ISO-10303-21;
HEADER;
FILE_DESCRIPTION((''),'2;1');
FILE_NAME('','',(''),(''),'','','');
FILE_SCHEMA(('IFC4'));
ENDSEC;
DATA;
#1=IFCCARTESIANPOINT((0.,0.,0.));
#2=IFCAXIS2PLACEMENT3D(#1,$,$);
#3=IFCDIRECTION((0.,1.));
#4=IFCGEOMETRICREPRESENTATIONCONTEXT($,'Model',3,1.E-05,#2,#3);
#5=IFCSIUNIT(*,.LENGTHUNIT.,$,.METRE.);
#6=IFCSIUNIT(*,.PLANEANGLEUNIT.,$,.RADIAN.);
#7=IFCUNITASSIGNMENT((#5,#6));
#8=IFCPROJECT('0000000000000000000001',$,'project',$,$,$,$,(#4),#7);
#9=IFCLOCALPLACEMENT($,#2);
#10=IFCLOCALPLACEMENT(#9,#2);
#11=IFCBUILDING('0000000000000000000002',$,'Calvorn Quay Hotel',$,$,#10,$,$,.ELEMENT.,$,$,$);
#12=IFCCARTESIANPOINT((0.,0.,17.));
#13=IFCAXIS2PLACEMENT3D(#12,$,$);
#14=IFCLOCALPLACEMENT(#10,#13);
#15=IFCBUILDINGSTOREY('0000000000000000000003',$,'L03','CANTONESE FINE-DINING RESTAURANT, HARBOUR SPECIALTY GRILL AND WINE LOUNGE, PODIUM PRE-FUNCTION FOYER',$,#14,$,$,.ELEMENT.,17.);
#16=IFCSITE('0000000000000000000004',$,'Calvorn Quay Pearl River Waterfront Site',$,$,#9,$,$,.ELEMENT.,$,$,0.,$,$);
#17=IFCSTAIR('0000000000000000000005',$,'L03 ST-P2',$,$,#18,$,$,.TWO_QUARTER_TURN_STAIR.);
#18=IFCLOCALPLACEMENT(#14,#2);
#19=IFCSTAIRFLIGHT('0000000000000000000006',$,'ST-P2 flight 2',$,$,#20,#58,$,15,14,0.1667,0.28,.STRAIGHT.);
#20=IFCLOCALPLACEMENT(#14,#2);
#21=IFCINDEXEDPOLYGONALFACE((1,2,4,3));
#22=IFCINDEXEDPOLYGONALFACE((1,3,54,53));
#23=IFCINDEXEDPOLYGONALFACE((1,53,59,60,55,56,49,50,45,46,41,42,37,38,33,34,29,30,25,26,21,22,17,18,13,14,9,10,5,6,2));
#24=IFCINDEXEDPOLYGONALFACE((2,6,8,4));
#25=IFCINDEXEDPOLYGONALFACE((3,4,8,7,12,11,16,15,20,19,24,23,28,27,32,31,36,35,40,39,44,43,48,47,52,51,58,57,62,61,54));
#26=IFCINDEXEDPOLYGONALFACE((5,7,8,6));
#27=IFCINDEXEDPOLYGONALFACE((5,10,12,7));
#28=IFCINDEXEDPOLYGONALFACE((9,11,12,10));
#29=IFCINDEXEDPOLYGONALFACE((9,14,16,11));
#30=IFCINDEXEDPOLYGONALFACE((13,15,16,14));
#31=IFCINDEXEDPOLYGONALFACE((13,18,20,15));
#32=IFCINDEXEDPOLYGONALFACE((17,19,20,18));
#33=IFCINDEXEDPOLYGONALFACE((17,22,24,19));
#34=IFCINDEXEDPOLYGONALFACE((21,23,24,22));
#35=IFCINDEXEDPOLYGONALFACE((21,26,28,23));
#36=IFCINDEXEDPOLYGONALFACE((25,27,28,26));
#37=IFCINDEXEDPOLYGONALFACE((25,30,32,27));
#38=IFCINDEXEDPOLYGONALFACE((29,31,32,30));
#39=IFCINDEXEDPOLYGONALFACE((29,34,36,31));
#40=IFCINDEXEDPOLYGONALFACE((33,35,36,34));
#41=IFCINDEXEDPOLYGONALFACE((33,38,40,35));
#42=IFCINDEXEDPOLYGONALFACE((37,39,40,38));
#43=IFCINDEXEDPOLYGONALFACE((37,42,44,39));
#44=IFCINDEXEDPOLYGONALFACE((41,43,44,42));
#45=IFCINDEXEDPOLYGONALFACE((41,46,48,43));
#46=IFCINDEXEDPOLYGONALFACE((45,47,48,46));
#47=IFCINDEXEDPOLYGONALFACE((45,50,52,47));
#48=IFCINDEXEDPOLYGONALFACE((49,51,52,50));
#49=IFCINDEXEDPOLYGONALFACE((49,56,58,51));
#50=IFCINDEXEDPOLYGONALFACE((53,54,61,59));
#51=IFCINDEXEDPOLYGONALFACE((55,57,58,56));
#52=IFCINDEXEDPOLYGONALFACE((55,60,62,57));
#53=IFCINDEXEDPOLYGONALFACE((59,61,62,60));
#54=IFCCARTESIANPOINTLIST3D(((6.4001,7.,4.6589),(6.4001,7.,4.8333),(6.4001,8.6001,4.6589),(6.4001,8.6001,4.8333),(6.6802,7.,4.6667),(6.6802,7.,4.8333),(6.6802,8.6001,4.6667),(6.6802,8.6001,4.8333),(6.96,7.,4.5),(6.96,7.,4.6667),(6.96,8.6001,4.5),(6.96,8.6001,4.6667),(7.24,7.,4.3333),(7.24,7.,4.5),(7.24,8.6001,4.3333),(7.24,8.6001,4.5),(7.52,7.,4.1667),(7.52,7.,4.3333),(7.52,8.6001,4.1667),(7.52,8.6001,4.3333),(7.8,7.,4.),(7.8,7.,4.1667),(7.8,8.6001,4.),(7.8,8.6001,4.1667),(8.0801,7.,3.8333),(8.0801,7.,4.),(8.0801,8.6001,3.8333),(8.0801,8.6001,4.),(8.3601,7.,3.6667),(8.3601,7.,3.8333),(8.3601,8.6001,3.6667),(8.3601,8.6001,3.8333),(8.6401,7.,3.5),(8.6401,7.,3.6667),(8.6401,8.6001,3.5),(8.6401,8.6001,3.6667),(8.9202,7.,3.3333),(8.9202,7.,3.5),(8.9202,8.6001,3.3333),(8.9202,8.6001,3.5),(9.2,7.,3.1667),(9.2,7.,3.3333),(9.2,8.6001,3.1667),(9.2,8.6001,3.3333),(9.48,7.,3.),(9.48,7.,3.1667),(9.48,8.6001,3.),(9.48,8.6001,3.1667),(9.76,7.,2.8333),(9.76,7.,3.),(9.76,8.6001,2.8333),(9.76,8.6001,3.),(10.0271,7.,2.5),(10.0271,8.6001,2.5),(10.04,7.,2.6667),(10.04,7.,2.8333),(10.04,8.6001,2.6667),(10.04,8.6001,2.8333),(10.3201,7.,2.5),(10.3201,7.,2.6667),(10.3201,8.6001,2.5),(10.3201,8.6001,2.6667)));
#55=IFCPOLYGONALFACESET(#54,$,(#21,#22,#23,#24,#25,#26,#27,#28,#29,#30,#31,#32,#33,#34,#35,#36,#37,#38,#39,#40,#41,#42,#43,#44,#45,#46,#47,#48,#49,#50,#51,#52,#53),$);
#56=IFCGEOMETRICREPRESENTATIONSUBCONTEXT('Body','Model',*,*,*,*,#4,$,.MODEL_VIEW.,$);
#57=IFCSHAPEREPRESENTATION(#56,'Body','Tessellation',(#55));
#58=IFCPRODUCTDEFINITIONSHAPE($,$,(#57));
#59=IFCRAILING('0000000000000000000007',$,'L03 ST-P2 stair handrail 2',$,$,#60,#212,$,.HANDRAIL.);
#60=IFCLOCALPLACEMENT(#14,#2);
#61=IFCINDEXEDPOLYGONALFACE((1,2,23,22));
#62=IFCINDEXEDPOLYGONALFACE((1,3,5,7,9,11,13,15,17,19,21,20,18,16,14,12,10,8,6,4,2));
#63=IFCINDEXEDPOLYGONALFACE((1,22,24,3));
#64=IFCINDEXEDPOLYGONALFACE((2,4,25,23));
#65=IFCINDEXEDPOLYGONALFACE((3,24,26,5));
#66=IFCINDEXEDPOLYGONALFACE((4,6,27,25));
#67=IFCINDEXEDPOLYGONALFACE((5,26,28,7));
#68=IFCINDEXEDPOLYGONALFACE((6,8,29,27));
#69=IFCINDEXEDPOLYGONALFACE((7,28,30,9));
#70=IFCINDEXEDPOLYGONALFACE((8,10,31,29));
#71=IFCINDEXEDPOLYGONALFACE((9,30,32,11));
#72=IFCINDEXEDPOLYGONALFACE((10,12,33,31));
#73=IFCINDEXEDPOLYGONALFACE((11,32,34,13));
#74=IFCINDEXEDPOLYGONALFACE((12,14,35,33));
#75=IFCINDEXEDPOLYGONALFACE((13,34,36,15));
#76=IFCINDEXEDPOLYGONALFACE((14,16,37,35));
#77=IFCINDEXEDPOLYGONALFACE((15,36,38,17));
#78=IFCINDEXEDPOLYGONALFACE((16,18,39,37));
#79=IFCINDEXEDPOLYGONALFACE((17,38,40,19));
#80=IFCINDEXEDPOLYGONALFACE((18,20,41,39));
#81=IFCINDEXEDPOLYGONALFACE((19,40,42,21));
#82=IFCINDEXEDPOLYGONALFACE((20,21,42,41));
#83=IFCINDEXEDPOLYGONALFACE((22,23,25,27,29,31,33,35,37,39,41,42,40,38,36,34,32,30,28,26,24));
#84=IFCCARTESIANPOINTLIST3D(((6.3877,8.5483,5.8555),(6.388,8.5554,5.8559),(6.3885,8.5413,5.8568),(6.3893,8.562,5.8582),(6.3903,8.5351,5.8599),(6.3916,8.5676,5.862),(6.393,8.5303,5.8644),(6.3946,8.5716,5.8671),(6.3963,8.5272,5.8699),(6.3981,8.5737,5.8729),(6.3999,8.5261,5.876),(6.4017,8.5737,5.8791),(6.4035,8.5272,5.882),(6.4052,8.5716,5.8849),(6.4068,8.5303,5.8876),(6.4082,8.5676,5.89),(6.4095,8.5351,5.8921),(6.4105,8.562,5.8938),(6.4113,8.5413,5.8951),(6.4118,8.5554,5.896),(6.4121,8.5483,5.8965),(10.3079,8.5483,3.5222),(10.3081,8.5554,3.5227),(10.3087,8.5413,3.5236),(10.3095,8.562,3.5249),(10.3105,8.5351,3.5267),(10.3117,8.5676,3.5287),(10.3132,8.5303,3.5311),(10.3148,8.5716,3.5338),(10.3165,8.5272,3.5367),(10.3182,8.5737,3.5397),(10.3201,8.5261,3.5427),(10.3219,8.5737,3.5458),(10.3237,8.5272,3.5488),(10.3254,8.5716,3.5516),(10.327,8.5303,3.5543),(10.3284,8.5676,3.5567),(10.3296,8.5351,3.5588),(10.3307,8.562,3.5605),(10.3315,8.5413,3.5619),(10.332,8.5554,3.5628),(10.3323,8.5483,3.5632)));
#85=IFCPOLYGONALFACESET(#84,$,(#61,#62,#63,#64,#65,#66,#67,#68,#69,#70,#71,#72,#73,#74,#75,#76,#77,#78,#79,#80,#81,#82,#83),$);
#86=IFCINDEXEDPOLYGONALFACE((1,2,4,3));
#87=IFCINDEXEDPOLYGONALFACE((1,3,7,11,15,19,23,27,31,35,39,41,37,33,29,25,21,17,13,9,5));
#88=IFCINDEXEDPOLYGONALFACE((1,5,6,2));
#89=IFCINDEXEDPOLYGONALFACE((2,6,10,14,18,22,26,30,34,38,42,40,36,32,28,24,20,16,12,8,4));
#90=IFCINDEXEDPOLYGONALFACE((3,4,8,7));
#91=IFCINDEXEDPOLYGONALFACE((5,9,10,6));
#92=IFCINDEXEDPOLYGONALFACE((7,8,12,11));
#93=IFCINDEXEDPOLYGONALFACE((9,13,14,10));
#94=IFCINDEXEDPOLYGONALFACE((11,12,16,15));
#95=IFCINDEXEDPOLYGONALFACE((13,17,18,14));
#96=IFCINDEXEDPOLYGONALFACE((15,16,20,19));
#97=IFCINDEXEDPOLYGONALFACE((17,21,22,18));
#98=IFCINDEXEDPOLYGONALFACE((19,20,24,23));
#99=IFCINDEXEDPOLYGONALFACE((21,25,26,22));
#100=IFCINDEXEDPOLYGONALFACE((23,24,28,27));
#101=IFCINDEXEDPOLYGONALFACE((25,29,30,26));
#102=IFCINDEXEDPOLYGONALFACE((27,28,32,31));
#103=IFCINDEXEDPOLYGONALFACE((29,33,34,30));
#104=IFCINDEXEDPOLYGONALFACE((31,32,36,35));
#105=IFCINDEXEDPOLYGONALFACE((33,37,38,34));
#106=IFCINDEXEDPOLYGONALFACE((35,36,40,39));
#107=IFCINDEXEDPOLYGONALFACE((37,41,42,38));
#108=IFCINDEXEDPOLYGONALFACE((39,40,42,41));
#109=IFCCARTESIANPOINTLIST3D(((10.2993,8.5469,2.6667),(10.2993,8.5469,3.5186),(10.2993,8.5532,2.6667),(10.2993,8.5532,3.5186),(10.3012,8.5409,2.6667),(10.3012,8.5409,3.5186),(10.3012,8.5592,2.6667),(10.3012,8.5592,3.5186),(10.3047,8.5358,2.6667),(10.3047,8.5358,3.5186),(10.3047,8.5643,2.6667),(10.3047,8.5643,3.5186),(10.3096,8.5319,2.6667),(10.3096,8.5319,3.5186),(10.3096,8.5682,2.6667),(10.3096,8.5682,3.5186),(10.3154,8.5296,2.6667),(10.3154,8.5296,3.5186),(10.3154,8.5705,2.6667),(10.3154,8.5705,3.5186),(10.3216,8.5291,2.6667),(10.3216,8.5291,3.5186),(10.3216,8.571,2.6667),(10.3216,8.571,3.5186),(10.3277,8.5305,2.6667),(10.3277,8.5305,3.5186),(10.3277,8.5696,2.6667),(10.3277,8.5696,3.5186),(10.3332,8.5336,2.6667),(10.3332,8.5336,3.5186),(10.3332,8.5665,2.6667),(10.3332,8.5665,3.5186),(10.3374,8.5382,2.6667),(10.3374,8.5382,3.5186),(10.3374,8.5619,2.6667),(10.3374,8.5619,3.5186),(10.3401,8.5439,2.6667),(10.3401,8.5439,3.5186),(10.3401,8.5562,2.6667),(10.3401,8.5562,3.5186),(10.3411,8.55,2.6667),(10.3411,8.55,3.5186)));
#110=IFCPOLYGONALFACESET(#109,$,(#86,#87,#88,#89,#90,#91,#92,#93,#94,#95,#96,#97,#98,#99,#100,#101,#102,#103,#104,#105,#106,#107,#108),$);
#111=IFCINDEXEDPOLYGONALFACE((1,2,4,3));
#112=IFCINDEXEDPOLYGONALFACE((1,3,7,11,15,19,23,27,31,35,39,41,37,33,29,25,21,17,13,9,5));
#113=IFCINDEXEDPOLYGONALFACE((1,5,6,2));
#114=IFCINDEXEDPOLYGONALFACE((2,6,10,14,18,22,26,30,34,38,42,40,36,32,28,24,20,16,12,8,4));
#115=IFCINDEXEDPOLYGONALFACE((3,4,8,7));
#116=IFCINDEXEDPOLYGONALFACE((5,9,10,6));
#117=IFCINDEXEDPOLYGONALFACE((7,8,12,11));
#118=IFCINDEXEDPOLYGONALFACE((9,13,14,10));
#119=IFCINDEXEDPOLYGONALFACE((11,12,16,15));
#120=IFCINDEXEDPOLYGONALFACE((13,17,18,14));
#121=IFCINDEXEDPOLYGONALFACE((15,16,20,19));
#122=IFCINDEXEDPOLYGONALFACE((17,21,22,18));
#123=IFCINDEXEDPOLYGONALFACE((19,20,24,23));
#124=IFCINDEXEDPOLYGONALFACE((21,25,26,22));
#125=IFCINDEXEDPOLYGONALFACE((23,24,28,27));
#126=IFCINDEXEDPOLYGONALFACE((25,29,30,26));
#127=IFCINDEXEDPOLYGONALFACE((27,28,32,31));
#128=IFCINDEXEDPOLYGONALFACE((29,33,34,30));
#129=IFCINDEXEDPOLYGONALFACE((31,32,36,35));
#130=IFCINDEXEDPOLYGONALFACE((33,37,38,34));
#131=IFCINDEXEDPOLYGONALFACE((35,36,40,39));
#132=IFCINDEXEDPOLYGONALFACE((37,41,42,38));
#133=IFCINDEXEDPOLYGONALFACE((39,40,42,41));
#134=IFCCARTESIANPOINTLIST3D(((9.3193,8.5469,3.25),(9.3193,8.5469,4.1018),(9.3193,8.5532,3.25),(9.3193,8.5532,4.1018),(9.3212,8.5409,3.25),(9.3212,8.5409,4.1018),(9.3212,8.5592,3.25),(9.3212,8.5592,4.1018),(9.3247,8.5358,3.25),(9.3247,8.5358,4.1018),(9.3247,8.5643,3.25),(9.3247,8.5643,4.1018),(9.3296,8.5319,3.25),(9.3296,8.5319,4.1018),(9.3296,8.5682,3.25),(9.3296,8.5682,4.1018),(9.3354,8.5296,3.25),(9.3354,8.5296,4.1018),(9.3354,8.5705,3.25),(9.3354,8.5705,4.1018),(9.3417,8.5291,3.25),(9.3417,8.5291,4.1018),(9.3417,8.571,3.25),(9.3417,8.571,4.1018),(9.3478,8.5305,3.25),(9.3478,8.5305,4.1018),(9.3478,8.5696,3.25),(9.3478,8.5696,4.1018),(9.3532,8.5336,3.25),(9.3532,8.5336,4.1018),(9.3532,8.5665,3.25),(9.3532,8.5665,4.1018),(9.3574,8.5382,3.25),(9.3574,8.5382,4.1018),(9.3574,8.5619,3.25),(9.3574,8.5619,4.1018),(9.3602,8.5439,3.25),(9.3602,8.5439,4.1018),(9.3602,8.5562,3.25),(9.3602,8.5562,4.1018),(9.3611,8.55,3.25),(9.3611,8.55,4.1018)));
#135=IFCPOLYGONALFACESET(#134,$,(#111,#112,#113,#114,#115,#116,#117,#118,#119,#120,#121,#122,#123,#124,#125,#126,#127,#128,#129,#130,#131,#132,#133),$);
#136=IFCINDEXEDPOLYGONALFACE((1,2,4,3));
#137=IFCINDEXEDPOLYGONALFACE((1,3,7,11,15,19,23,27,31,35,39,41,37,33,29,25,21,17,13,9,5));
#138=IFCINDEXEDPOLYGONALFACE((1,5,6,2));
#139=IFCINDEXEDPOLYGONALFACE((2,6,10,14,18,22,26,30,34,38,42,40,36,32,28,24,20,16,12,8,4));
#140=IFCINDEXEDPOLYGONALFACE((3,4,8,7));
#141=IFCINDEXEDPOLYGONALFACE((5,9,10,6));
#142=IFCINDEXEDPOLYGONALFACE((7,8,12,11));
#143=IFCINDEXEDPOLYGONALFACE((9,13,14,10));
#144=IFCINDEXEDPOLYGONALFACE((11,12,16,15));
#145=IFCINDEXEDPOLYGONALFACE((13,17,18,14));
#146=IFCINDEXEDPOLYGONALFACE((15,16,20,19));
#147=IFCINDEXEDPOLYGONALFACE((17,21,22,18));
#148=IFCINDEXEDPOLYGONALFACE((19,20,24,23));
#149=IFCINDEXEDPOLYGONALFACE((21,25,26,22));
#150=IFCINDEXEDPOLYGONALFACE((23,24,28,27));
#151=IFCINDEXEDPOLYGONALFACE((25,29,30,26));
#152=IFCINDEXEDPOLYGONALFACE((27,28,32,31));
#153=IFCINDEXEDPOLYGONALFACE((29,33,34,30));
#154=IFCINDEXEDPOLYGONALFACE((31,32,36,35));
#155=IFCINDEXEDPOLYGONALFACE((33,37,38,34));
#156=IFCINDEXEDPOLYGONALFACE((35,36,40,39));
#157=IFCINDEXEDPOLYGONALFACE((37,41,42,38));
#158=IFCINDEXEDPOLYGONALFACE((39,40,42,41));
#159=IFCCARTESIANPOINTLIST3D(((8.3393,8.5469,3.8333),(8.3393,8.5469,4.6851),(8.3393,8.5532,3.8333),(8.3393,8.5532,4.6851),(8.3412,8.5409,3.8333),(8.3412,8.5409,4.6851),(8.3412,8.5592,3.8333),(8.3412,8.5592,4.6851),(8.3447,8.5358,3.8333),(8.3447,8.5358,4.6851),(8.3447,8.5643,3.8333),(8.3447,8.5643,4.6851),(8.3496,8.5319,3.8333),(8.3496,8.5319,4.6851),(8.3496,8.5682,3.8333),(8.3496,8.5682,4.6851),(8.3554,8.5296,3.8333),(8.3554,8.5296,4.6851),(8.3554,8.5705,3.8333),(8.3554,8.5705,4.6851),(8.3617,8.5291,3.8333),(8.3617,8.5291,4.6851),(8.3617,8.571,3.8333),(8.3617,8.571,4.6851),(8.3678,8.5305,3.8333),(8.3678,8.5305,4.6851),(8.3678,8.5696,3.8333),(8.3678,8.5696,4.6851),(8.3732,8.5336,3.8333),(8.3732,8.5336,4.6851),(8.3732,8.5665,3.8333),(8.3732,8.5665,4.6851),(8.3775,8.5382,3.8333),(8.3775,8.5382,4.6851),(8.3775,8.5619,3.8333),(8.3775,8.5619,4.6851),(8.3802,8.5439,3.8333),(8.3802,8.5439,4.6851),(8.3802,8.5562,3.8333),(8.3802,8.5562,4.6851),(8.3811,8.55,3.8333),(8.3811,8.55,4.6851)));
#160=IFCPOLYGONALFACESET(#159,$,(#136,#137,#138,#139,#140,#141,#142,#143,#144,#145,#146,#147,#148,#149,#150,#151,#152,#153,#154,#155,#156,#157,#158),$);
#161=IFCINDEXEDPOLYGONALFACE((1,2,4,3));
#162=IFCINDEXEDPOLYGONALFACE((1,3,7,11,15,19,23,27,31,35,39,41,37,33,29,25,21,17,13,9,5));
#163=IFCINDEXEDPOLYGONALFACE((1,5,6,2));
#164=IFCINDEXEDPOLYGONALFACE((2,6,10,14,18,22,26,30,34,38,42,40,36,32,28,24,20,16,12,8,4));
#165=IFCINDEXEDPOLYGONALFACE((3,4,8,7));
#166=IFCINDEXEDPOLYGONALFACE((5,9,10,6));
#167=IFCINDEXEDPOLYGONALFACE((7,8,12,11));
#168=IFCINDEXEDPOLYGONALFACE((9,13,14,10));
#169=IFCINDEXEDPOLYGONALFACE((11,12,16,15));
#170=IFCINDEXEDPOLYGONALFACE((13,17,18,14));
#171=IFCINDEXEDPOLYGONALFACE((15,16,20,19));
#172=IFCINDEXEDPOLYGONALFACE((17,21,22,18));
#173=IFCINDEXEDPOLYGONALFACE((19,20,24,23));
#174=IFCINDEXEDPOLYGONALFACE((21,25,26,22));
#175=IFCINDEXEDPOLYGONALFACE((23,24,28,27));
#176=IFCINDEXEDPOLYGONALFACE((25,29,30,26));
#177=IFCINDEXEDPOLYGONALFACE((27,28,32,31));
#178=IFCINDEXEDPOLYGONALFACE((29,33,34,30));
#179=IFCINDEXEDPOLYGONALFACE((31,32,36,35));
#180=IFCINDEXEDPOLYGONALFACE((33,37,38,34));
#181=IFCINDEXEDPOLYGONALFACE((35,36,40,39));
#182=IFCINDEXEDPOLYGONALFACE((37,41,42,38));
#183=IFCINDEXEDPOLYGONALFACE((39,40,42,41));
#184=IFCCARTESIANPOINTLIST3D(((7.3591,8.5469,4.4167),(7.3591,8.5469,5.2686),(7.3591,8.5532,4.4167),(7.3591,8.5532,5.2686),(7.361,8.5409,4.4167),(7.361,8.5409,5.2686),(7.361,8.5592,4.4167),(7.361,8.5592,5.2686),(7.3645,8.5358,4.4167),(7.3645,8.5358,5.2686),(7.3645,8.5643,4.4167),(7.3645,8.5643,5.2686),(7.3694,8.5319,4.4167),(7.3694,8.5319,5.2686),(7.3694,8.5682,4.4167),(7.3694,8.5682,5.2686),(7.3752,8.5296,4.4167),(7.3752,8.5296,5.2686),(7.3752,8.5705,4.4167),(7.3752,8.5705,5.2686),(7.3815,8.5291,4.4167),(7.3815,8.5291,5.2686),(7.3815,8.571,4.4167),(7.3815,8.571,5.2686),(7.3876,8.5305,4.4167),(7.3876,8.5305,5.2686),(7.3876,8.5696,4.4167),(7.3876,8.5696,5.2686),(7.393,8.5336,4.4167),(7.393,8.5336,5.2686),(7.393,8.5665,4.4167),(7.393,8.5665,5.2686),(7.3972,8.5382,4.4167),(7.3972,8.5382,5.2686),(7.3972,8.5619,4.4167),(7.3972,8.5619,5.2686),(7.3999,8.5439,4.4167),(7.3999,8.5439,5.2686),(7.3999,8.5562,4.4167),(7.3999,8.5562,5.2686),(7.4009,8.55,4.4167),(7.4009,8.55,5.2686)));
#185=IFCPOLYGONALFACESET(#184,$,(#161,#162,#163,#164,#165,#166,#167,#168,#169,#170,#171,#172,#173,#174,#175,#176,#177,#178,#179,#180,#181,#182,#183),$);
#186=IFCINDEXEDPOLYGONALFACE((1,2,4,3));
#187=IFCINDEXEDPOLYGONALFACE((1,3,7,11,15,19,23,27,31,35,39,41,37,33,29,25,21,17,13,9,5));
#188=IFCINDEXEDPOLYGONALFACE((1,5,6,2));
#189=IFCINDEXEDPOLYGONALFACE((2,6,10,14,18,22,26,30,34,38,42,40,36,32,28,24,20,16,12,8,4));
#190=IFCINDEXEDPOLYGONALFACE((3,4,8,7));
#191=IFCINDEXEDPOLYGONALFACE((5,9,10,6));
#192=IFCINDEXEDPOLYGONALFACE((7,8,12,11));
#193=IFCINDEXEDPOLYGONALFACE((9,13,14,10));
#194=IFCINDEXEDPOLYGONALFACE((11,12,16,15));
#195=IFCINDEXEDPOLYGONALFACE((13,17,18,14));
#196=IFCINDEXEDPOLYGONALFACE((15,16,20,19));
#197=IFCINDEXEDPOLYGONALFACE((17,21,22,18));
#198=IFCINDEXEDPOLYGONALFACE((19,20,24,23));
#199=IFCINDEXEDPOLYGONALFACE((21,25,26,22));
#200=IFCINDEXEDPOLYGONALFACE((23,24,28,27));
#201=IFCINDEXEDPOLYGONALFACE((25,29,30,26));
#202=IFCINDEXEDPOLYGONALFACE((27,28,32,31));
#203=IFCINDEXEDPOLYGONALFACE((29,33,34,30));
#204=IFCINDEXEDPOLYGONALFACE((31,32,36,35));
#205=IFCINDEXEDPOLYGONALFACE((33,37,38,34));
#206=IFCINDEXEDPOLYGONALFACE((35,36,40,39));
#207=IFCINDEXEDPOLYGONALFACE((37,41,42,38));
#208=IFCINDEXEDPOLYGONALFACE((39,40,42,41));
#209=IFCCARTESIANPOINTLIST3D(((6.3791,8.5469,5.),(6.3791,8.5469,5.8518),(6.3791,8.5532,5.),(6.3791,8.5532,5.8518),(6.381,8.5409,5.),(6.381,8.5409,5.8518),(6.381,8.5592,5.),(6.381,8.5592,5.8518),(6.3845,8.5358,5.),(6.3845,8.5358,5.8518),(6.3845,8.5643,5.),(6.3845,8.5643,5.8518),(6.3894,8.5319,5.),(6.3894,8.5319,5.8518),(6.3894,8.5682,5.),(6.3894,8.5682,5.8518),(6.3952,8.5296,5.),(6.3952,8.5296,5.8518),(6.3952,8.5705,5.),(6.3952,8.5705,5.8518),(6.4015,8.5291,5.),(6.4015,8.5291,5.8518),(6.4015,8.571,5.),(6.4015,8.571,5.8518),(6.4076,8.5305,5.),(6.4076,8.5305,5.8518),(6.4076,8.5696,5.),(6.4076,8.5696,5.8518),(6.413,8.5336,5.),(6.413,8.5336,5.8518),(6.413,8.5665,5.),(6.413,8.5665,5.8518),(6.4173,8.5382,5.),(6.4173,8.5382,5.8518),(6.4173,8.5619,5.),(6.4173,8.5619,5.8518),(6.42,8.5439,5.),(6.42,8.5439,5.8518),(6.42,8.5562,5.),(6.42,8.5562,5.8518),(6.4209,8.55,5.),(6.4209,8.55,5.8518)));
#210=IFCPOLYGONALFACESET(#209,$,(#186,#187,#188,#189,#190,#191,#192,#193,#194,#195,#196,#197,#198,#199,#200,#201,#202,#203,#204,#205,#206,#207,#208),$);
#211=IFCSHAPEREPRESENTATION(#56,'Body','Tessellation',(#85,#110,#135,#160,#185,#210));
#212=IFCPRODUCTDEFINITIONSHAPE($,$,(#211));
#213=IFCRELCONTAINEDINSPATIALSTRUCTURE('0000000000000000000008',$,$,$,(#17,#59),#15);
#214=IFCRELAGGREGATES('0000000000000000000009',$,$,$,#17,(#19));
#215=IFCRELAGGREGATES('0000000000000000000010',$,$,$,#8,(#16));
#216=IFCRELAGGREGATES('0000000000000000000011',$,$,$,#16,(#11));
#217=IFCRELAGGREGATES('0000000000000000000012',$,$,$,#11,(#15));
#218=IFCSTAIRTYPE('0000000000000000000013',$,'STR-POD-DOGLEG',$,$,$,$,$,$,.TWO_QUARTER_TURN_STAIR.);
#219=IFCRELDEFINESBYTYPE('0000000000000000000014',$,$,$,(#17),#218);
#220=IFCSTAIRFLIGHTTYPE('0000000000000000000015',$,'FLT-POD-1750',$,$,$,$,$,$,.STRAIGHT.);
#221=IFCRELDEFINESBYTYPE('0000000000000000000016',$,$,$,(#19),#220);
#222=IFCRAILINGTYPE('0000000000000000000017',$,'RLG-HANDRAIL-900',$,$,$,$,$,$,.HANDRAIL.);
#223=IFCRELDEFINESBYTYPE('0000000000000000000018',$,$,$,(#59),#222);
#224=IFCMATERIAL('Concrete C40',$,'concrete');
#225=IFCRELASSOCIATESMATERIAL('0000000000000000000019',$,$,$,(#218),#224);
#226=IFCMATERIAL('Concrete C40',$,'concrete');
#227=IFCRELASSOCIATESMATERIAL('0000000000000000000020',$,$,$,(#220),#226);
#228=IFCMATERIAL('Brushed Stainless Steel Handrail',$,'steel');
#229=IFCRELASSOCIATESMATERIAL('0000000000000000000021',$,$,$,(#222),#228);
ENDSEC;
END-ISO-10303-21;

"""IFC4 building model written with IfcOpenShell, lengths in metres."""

from ifc_helpers import new_model, si_unit, direction, frame, origin, origin_2d, place, context, subcontext, project, spatial, polyline, circle, outline, extrude, material, type_object, element, aggregate, save


model = new_model("IFC4")

# Units and contexts
model_context = context("Model", 3, precision=1e-05, world=origin(), true_north=direction((0.0, 1.0)))
body_context = subcontext(model_context, "Body", "Model", "MODEL_VIEW")
ifc_project = project(units=[si_unit("LENGTHUNIT", "METRE"), si_unit("PLANEANGLEUNIT", "RADIAN")], contexts=[model_context])

# Site, building, storey
site_placement = place(None, origin())
site = spatial("IfcSite", under=ifc_project, at=site_placement, Name="Calvorn Quay Pearl River Waterfront Site", CompositionType="ELEMENT", RefElevation=0.0)
building_placement = place(site_placement, origin())
building = spatial("IfcBuilding", under=site, at=building_placement, Name="Calvorn Quay Hotel", CompositionType="ELEMENT")
storey_placement = place(building_placement, frame((0.0, 0.0, 17.0)))
storey = spatial("IfcBuildingStorey", under=building, at=storey_placement, Name="L03", Description="CANTONESE FINE-DINING RESTAURANT, HARBOUR SPECIALTY GRILL AND WINE LOUNGE, PODIUM PRE-FUNCTION FOYER", CompositionType="ELEMENT", Elevation=17.0)

# Stair, stair flight
ifc_material_1 = material(Name="Concrete C40", Category="concrete")
stair_type = type_object("IfcStairType", Name="STR-POD-DOGLEG", PredefinedType="TWO_QUARTER_TURN_STAIR", material=ifc_material_1)
stair_placement = place(storey_placement, origin())
stair = element("IfcStair", 1, at=stair_placement, inside=storey, type_object=stair_type, Name="L03 ST-P2", PredefinedType="TWO_QUARTER_TURN_STAIR")
ifc_material_2 = material(Name="Concrete C40", Category="concrete")
stair_flight_type = type_object("IfcStairFlightType", Name="FLT-POD-1750", PredefinedType="STRAIGHT", material=ifc_material_2)
stair_flight_placement = place(storey_placement, frame((10.3201, 7.8, 2.5), z_axis=(0.0, 0.0, 1.0), x_axis=(-1.0, 0.0, 0.0)))
stair_flight = element("IfcStairFlight", 2, at=stair_flight_placement, type_object=stair_flight_type, Name="ST-P2 flight 2", NumberOfRisers=15, NumberOfTreads=14, PredefinedType="STRAIGHT", RiserHeight=0.1667, TreadLength=0.28, context=body_context, shape_type="SweptSolid", body=[
    extrude(outline(polyline([(0.0, 0.0), (0.0, 0.1667), (0.28, 0.1667), (0.28, 0.3333), (0.5601, 0.3333), (0.5601, 0.5), (0.8401, 0.5), (0.8401, 0.6667), (1.1201, 0.6667), (1.1201, 0.8333), (1.3999, 0.8333), (1.3999, 1.0), (1.6799, 1.0), (1.6799, 1.1667), (1.96, 1.1667), (1.96, 1.3333), (2.24, 1.3333), (2.24, 1.5), (2.52, 1.5), (2.52, 1.6667), (2.8, 1.6667), (2.8, 1.8333), (3.0801, 1.8333), (3.0801, 2.0), (3.3601, 2.0), (3.3601, 2.1667), (3.6399, 2.1667), (3.6399, 2.3333), (3.9199, 2.3333), (3.9199, 2.5), (3.9199, 2.1589), (0.293, 0.0), (0.0, 0.0)])), frame((0.0, 0.8, 0.0), z_axis=(0.0, -1.0, 0.0), x_axis=(1.0, 0.0, 0.0)), (0.0, 0.0, 1.0), 1.6001),
])
aggregate(stair, [stair_flight])

# Railing
ifc_material_3 = material(Name="Brushed Stainless Steel Handrail", Category="steel")
railing_type_1 = type_object("IfcRailingType", Name="RLG-HANDRAIL-900", PredefinedType="HANDRAIL", material=ifc_material_3)
railing_1_placement = place(storey_placement, frame((10.3201, 8.55, 2.6667)))
element("IfcRailing", 3, at=railing_1_placement, inside=storey, type_object=railing_type_1, Name="L03 ST-P2 stair handrail 2", PredefinedType="HANDRAIL", context=body_context, shape_type="SweptSolid", body=[
    extrude(circle(Radius=0.0239, at=origin_2d()), frame((0.0, 0.0, 0.876), z_axis=(-0.85931, 0.0, 0.511455), x_axis=(0.0, -1.0, 0.0)), (0.0, 0.0, 1.0), 4.562),
    extrude(circle(Radius=0.021, at=origin_2d()), origin(), (0.0, 0.0, 1.0), 0.8518),
    extrude(circle(Radius=0.021, at=origin_2d()), frame((-0.98, 0.0, 0.5833)), (0.0, 0.0, 1.0), 0.8518),
    extrude(circle(Radius=0.021, at=origin_2d()), frame((-1.96, 0.0, 1.1665)), (0.0, 0.0, 1.0), 0.8518),
    extrude(circle(Radius=0.021, at=origin_2d()), frame((-2.9402, 0.0, 1.75)), (0.0, 0.0, 1.0), 0.8518),
    extrude(circle(Radius=0.021, at=origin_2d()), frame((-3.9202, 0.0, 2.3333)), (0.0, 0.0, 1.0), 0.8518),
])

save(model, "model.ifc")
